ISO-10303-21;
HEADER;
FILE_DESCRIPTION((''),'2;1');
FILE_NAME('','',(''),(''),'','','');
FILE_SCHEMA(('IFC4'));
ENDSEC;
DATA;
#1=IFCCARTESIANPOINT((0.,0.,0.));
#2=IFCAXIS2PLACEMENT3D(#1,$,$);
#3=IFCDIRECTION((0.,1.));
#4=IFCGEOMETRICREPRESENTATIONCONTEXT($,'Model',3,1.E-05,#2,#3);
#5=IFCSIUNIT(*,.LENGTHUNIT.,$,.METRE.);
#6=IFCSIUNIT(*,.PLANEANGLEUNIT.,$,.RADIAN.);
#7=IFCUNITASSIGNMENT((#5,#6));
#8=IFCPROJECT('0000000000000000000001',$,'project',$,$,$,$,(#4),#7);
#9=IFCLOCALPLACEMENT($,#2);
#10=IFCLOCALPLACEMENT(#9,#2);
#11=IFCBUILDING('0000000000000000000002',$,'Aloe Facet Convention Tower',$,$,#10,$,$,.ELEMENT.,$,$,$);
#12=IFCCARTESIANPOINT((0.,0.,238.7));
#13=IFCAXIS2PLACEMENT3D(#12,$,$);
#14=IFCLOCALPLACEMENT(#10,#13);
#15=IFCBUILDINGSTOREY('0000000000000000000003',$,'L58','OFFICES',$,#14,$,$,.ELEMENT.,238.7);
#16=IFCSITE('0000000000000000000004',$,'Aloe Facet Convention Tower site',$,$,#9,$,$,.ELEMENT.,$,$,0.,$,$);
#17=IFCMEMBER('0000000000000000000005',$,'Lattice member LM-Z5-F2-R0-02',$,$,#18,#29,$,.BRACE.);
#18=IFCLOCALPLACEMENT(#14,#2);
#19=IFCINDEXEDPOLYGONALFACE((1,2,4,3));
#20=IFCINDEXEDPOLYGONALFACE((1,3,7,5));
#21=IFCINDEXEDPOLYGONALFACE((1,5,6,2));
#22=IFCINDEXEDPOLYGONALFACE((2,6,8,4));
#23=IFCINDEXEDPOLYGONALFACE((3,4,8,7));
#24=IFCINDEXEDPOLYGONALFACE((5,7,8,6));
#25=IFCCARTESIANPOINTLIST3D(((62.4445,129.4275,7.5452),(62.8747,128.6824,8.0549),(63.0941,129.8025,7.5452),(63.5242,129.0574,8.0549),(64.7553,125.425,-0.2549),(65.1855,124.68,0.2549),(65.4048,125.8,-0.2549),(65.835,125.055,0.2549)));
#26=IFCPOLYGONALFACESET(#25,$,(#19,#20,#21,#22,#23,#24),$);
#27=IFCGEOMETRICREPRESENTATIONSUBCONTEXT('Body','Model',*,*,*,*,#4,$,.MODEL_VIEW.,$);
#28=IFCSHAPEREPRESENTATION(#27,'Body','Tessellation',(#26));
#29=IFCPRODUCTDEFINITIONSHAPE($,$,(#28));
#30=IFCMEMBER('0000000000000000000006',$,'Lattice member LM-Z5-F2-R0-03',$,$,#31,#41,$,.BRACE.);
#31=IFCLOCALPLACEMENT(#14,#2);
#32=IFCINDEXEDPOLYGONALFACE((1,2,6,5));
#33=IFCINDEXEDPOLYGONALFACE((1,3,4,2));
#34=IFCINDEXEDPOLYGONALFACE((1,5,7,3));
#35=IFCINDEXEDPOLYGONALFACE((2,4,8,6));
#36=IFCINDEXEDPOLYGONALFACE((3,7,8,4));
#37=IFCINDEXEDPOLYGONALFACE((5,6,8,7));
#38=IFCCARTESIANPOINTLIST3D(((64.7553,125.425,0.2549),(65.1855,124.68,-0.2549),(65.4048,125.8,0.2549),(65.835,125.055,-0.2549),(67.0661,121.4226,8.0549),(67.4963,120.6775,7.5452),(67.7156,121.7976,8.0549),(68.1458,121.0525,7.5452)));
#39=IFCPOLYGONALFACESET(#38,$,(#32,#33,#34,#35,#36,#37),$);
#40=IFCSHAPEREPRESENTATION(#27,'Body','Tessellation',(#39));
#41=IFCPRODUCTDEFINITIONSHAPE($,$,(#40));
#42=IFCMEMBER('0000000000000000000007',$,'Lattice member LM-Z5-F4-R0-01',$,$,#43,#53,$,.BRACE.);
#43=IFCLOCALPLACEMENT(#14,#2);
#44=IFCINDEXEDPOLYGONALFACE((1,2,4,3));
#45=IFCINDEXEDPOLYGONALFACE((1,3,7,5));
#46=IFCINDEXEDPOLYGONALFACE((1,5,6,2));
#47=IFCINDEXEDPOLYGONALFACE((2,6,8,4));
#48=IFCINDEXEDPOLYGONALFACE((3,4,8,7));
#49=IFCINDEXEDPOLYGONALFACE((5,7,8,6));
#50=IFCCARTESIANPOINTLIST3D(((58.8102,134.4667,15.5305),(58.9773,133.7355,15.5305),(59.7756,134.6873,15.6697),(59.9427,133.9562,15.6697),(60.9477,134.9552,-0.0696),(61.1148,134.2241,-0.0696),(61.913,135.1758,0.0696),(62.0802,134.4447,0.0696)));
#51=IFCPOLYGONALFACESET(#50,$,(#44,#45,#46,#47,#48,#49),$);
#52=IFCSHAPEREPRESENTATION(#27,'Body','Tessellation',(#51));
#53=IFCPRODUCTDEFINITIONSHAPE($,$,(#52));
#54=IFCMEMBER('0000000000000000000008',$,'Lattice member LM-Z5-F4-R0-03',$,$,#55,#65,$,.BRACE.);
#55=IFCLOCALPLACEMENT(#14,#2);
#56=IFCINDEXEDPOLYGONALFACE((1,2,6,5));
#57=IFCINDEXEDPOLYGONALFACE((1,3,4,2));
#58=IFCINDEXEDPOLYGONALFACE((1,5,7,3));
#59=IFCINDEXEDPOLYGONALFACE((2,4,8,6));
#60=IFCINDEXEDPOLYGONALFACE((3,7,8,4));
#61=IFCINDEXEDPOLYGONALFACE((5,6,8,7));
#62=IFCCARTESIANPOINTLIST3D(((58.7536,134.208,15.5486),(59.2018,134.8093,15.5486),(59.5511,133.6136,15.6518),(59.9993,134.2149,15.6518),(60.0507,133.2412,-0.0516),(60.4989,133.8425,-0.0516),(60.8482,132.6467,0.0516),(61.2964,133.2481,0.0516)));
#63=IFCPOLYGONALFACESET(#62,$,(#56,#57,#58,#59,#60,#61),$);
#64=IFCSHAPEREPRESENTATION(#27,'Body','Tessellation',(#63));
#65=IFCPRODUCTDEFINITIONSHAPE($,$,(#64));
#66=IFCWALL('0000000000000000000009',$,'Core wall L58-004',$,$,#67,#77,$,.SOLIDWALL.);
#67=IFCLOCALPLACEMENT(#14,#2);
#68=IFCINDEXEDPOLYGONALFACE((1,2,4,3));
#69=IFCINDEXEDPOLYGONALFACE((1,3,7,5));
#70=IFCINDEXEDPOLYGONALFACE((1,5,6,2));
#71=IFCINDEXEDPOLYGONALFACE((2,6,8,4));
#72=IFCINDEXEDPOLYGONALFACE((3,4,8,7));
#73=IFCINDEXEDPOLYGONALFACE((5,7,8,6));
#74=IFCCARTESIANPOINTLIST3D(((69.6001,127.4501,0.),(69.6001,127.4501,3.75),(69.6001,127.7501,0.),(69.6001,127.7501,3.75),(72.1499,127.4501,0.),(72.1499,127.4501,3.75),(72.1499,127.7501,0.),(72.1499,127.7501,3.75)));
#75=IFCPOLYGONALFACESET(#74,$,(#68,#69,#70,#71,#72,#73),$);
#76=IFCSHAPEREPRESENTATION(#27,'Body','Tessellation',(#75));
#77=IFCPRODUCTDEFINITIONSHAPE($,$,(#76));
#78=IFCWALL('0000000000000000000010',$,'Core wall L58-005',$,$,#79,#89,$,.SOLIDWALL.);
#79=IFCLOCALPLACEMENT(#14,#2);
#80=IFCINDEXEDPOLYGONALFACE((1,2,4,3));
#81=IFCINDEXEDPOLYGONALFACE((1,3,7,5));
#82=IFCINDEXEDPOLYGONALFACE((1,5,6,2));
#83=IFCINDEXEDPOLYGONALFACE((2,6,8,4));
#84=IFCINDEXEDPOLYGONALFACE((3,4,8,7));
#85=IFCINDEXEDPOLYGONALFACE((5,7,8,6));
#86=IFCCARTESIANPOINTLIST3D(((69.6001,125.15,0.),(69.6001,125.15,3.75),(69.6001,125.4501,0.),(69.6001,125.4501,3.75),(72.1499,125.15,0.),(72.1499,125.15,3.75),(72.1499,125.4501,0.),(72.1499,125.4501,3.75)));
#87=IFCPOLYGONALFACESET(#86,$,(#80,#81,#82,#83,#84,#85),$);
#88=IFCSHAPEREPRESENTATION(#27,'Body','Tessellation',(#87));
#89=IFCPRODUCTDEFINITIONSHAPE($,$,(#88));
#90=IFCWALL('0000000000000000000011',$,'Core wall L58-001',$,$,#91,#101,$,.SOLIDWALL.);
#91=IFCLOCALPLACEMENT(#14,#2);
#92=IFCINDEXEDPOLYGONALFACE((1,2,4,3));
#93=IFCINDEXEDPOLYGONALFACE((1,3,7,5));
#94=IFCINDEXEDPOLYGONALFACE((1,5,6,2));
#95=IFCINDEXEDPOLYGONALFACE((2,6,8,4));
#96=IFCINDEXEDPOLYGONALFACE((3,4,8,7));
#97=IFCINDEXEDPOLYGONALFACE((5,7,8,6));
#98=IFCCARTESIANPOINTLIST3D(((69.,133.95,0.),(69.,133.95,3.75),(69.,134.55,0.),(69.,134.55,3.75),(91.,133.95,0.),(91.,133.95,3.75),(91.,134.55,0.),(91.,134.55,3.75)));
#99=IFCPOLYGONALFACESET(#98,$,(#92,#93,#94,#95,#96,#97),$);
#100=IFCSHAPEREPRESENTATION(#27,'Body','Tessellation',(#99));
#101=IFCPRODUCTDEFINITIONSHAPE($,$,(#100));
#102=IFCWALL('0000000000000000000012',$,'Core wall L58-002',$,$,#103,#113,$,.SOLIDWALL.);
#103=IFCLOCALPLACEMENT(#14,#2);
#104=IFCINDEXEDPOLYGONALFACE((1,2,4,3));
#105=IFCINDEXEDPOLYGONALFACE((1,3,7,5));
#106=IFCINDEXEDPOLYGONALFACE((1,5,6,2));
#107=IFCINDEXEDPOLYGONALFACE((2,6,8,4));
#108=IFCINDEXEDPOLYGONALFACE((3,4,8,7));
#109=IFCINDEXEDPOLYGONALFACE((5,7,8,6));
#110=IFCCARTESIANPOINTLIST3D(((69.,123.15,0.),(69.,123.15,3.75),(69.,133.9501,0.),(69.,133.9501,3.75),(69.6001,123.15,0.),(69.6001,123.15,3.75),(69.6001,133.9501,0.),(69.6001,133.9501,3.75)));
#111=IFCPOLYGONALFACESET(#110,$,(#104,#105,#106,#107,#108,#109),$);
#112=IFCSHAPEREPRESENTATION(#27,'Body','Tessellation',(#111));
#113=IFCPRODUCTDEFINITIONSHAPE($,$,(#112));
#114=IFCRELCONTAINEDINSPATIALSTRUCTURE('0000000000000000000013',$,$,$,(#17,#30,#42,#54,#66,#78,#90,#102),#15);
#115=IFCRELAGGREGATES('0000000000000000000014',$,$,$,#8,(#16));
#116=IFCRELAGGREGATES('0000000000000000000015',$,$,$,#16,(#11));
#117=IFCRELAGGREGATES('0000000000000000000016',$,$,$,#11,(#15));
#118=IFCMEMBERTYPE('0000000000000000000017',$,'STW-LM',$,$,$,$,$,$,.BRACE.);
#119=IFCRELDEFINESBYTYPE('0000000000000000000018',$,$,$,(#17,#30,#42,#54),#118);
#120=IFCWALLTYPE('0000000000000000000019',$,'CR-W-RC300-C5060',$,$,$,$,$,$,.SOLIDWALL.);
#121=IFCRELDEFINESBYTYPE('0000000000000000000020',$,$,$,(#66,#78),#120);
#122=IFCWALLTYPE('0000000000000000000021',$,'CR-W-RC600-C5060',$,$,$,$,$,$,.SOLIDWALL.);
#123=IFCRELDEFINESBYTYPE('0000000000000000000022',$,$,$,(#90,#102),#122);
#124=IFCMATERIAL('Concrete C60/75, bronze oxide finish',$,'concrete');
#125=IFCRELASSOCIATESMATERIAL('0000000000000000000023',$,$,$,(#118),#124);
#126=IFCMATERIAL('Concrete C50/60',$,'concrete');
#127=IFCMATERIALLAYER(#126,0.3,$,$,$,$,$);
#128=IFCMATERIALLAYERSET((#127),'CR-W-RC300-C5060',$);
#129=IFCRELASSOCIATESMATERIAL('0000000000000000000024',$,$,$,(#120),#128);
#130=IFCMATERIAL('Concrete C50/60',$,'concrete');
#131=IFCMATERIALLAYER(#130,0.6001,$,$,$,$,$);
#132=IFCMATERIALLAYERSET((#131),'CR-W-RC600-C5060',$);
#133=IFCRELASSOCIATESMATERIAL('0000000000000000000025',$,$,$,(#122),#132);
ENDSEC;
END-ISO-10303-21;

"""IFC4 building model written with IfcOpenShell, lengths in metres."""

from ifc_helpers import new_model, si_unit, direction, frame, frame_2d, origin, origin_2d, place, context, subcontext, project, spatial, rectangle, extrude, material, layer, layer_set, material_profile, profile_set, type_object, element, save


model = new_model("IFC4")

# Units and contexts
model_context = context("Model", 3, precision=1e-05, world=origin(), true_north=direction((0.0, 1.0)))
body_context = subcontext(model_context, "Body", "Model", "MODEL_VIEW")
ifc_project = project(units=[si_unit("LENGTHUNIT", "METRE"), si_unit("PLANEANGLEUNIT", "RADIAN")], contexts=[model_context])

# Site, building, storey
site_placement = place(None, origin())
site = spatial("IfcSite", under=ifc_project, at=site_placement, Name="Aloe Facet Convention Tower site", CompositionType="ELEMENT", RefElevation=0.0)
building_placement = place(site_placement, origin())
building = spatial("IfcBuilding", under=site, at=building_placement, Name="Aloe Facet Convention Tower", CompositionType="ELEMENT")
storey_placement = place(building_placement, frame((0.0, 0.0, 238.7)))
storey = spatial("IfcBuildingStorey", under=building, at=storey_placement, Name="L58", Description="OFFICES", CompositionType="ELEMENT", Elevation=238.7)

# Members
ifc_material_1 = material(Name="Concrete C60/75, bronze oxide finish", Category="concrete")
ifc_material_profile_1 = material_profile(ifc_material_1, rectangle(XDim=0.75, YDim=1.0, at=origin_2d()), Name="STW-LM")
ifc_profile_set_1 = profile_set([ifc_material_profile_1], Name="Concrete C60/75, bronze oxide finish")
member_type = type_object("IfcMemberType", Name="STW-LM", PredefinedType="BRACE", material=ifc_profile_set_1)
for number, where, z_axis, x_axis, name in (
    (1, (65.2952, 125.24, 0.0), (-0.254873, 0.441458, 0.860322), (-0.866027, -0.499997, 0.0), "Lattice member LM-Z5-F2-R0-02"),
    (2, (65.2952, 125.24, 0.0), (0.254873, -0.441458, 0.860322), (0.866027, 0.499997, 0.0), "Lattice member LM-Z5-F2-R0-03"),
):
    element("IfcMember", number, at=place(storey_placement, frame(where, z_axis=z_axis, x_axis=x_axis)), inside=storey, type_object=member_type, Name=name, PredefinedType="BRACE", context=body_context, shape_type="SweptSolid", body=[
        extrude(rectangle(XDim=0.75, YDim=1.0, at=origin_2d()), origin(), (0.0, 0.0, 1.0), 9.0664),
    ])
member_1_placement = place(storey_placement, frame((61.5139, 134.7, 0.0), z_axis=(-0.135682, -0.031011, 0.990267), x_axis=(0.22281, -0.974862, 0.0)))
element("IfcMember", 3, at=member_1_placement, inside=storey, type_object=member_type, Name="Lattice member LM-Z5-F4-R0-01", PredefinedType="BRACE", context=body_context, shape_type="SweptSolid", body=[
    extrude(rectangle(XDim=0.75, YDim=1.0, at=origin_2d()), origin(), (0.0, 0.0, 1.0), 15.7534),
])
member_2_placement = place(storey_placement, frame((60.6736, 133.2446, 0.0), z_axis=(-0.082705, 0.061643, 0.994666), x_axis=(-0.597607, -0.801789, 0.0)))
element("IfcMember", 4, at=member_2_placement, inside=storey, type_object=member_type, Name="Lattice member LM-Z5-F4-R0-03", PredefinedType="BRACE", context=body_context, shape_type="SweptSolid", body=[
    extrude(rectangle(XDim=0.75, YDim=1.0, at=origin_2d()), origin(), (0.0, 0.0, 1.0), 15.6838),
])

# Walls
ifc_material_2 = material(Name="Concrete C50/60", Category="concrete")
ifc_layer_1 = layer(ifc_material_2, 0.3)
ifc_layer_set_1 = layer_set([ifc_layer_1], Name="CR-W-RC300-C5060")
wall_type_1 = type_object("IfcWallType", Name="CR-W-RC300-C5060", PredefinedType="SOLIDWALL", material=ifc_layer_set_1)
for number, where, z_axis, x_axis, name in (
    (5, (69.6001, 127.6001, 0.0), (0.0, 0.0, 1.0), (1.0, 0.0, 0.0), "Core wall L58-004"),
    (6, (69.6001, 125.3, 0.0), (0.0, 0.0, 1.0), (1.0, 0.0, 0.0), "Core wall L58-005"),
):
    element("IfcWall", number, at=place(storey_placement, frame(where, z_axis=z_axis, x_axis=x_axis)), inside=storey, type_object=wall_type_1, Name=name, PredefinedType="SOLIDWALL", context=body_context, shape_type="SweptSolid", body=[
        extrude(rectangle(XDim=2.5498, YDim=0.3, at=frame_2d((1.2749, 0.0))), origin(), (0.0, 0.0, 1.0), 3.75),
    ])
ifc_material_3 = material(Name="Concrete C50/60", Category="concrete")
ifc_layer_2 = layer(ifc_material_3, 0.6001)
ifc_layer_set_2 = layer_set([ifc_layer_2], Name="CR-W-RC600-C5060")
wall_type_2 = type_object("IfcWallType", Name="CR-W-RC600-C5060", PredefinedType="SOLIDWALL", material=ifc_layer_set_2)
wall_1_placement = place(storey_placement, frame((69.0, 134.25, 0.0), z_axis=(0.0, 0.0, 1.0), x_axis=(1.0, 0.0, 0.0)))
element("IfcWall", 7, at=wall_1_placement, inside=storey, type_object=wall_type_2, Name="Core wall L58-001", PredefinedType="SOLIDWALL", context=body_context, shape_type="SweptSolid", body=[
    extrude(rectangle(XDim=22.0, YDim=0.6001, at=frame_2d((11.0, 0.0))), origin(), (0.0, 0.0, 1.0), 3.75),
])
wall_2_placement = place(storey_placement, frame((69.3, 133.95, 0.0), z_axis=(0.0, 0.0, 1.0), x_axis=(0.0, -1.0, 0.0)))
element("IfcWall", 8, at=wall_2_placement, inside=storey, type_object=wall_type_2, Name="Core wall L58-002", PredefinedType="SOLIDWALL", context=body_context, shape_type="SweptSolid", body=[
    extrude(rectangle(XDim=10.8, YDim=0.6001, at=frame_2d((5.3999, 0.0))), origin(), (0.0, 0.0, 1.0), 3.75),
])

save(model, "model.ifc")
